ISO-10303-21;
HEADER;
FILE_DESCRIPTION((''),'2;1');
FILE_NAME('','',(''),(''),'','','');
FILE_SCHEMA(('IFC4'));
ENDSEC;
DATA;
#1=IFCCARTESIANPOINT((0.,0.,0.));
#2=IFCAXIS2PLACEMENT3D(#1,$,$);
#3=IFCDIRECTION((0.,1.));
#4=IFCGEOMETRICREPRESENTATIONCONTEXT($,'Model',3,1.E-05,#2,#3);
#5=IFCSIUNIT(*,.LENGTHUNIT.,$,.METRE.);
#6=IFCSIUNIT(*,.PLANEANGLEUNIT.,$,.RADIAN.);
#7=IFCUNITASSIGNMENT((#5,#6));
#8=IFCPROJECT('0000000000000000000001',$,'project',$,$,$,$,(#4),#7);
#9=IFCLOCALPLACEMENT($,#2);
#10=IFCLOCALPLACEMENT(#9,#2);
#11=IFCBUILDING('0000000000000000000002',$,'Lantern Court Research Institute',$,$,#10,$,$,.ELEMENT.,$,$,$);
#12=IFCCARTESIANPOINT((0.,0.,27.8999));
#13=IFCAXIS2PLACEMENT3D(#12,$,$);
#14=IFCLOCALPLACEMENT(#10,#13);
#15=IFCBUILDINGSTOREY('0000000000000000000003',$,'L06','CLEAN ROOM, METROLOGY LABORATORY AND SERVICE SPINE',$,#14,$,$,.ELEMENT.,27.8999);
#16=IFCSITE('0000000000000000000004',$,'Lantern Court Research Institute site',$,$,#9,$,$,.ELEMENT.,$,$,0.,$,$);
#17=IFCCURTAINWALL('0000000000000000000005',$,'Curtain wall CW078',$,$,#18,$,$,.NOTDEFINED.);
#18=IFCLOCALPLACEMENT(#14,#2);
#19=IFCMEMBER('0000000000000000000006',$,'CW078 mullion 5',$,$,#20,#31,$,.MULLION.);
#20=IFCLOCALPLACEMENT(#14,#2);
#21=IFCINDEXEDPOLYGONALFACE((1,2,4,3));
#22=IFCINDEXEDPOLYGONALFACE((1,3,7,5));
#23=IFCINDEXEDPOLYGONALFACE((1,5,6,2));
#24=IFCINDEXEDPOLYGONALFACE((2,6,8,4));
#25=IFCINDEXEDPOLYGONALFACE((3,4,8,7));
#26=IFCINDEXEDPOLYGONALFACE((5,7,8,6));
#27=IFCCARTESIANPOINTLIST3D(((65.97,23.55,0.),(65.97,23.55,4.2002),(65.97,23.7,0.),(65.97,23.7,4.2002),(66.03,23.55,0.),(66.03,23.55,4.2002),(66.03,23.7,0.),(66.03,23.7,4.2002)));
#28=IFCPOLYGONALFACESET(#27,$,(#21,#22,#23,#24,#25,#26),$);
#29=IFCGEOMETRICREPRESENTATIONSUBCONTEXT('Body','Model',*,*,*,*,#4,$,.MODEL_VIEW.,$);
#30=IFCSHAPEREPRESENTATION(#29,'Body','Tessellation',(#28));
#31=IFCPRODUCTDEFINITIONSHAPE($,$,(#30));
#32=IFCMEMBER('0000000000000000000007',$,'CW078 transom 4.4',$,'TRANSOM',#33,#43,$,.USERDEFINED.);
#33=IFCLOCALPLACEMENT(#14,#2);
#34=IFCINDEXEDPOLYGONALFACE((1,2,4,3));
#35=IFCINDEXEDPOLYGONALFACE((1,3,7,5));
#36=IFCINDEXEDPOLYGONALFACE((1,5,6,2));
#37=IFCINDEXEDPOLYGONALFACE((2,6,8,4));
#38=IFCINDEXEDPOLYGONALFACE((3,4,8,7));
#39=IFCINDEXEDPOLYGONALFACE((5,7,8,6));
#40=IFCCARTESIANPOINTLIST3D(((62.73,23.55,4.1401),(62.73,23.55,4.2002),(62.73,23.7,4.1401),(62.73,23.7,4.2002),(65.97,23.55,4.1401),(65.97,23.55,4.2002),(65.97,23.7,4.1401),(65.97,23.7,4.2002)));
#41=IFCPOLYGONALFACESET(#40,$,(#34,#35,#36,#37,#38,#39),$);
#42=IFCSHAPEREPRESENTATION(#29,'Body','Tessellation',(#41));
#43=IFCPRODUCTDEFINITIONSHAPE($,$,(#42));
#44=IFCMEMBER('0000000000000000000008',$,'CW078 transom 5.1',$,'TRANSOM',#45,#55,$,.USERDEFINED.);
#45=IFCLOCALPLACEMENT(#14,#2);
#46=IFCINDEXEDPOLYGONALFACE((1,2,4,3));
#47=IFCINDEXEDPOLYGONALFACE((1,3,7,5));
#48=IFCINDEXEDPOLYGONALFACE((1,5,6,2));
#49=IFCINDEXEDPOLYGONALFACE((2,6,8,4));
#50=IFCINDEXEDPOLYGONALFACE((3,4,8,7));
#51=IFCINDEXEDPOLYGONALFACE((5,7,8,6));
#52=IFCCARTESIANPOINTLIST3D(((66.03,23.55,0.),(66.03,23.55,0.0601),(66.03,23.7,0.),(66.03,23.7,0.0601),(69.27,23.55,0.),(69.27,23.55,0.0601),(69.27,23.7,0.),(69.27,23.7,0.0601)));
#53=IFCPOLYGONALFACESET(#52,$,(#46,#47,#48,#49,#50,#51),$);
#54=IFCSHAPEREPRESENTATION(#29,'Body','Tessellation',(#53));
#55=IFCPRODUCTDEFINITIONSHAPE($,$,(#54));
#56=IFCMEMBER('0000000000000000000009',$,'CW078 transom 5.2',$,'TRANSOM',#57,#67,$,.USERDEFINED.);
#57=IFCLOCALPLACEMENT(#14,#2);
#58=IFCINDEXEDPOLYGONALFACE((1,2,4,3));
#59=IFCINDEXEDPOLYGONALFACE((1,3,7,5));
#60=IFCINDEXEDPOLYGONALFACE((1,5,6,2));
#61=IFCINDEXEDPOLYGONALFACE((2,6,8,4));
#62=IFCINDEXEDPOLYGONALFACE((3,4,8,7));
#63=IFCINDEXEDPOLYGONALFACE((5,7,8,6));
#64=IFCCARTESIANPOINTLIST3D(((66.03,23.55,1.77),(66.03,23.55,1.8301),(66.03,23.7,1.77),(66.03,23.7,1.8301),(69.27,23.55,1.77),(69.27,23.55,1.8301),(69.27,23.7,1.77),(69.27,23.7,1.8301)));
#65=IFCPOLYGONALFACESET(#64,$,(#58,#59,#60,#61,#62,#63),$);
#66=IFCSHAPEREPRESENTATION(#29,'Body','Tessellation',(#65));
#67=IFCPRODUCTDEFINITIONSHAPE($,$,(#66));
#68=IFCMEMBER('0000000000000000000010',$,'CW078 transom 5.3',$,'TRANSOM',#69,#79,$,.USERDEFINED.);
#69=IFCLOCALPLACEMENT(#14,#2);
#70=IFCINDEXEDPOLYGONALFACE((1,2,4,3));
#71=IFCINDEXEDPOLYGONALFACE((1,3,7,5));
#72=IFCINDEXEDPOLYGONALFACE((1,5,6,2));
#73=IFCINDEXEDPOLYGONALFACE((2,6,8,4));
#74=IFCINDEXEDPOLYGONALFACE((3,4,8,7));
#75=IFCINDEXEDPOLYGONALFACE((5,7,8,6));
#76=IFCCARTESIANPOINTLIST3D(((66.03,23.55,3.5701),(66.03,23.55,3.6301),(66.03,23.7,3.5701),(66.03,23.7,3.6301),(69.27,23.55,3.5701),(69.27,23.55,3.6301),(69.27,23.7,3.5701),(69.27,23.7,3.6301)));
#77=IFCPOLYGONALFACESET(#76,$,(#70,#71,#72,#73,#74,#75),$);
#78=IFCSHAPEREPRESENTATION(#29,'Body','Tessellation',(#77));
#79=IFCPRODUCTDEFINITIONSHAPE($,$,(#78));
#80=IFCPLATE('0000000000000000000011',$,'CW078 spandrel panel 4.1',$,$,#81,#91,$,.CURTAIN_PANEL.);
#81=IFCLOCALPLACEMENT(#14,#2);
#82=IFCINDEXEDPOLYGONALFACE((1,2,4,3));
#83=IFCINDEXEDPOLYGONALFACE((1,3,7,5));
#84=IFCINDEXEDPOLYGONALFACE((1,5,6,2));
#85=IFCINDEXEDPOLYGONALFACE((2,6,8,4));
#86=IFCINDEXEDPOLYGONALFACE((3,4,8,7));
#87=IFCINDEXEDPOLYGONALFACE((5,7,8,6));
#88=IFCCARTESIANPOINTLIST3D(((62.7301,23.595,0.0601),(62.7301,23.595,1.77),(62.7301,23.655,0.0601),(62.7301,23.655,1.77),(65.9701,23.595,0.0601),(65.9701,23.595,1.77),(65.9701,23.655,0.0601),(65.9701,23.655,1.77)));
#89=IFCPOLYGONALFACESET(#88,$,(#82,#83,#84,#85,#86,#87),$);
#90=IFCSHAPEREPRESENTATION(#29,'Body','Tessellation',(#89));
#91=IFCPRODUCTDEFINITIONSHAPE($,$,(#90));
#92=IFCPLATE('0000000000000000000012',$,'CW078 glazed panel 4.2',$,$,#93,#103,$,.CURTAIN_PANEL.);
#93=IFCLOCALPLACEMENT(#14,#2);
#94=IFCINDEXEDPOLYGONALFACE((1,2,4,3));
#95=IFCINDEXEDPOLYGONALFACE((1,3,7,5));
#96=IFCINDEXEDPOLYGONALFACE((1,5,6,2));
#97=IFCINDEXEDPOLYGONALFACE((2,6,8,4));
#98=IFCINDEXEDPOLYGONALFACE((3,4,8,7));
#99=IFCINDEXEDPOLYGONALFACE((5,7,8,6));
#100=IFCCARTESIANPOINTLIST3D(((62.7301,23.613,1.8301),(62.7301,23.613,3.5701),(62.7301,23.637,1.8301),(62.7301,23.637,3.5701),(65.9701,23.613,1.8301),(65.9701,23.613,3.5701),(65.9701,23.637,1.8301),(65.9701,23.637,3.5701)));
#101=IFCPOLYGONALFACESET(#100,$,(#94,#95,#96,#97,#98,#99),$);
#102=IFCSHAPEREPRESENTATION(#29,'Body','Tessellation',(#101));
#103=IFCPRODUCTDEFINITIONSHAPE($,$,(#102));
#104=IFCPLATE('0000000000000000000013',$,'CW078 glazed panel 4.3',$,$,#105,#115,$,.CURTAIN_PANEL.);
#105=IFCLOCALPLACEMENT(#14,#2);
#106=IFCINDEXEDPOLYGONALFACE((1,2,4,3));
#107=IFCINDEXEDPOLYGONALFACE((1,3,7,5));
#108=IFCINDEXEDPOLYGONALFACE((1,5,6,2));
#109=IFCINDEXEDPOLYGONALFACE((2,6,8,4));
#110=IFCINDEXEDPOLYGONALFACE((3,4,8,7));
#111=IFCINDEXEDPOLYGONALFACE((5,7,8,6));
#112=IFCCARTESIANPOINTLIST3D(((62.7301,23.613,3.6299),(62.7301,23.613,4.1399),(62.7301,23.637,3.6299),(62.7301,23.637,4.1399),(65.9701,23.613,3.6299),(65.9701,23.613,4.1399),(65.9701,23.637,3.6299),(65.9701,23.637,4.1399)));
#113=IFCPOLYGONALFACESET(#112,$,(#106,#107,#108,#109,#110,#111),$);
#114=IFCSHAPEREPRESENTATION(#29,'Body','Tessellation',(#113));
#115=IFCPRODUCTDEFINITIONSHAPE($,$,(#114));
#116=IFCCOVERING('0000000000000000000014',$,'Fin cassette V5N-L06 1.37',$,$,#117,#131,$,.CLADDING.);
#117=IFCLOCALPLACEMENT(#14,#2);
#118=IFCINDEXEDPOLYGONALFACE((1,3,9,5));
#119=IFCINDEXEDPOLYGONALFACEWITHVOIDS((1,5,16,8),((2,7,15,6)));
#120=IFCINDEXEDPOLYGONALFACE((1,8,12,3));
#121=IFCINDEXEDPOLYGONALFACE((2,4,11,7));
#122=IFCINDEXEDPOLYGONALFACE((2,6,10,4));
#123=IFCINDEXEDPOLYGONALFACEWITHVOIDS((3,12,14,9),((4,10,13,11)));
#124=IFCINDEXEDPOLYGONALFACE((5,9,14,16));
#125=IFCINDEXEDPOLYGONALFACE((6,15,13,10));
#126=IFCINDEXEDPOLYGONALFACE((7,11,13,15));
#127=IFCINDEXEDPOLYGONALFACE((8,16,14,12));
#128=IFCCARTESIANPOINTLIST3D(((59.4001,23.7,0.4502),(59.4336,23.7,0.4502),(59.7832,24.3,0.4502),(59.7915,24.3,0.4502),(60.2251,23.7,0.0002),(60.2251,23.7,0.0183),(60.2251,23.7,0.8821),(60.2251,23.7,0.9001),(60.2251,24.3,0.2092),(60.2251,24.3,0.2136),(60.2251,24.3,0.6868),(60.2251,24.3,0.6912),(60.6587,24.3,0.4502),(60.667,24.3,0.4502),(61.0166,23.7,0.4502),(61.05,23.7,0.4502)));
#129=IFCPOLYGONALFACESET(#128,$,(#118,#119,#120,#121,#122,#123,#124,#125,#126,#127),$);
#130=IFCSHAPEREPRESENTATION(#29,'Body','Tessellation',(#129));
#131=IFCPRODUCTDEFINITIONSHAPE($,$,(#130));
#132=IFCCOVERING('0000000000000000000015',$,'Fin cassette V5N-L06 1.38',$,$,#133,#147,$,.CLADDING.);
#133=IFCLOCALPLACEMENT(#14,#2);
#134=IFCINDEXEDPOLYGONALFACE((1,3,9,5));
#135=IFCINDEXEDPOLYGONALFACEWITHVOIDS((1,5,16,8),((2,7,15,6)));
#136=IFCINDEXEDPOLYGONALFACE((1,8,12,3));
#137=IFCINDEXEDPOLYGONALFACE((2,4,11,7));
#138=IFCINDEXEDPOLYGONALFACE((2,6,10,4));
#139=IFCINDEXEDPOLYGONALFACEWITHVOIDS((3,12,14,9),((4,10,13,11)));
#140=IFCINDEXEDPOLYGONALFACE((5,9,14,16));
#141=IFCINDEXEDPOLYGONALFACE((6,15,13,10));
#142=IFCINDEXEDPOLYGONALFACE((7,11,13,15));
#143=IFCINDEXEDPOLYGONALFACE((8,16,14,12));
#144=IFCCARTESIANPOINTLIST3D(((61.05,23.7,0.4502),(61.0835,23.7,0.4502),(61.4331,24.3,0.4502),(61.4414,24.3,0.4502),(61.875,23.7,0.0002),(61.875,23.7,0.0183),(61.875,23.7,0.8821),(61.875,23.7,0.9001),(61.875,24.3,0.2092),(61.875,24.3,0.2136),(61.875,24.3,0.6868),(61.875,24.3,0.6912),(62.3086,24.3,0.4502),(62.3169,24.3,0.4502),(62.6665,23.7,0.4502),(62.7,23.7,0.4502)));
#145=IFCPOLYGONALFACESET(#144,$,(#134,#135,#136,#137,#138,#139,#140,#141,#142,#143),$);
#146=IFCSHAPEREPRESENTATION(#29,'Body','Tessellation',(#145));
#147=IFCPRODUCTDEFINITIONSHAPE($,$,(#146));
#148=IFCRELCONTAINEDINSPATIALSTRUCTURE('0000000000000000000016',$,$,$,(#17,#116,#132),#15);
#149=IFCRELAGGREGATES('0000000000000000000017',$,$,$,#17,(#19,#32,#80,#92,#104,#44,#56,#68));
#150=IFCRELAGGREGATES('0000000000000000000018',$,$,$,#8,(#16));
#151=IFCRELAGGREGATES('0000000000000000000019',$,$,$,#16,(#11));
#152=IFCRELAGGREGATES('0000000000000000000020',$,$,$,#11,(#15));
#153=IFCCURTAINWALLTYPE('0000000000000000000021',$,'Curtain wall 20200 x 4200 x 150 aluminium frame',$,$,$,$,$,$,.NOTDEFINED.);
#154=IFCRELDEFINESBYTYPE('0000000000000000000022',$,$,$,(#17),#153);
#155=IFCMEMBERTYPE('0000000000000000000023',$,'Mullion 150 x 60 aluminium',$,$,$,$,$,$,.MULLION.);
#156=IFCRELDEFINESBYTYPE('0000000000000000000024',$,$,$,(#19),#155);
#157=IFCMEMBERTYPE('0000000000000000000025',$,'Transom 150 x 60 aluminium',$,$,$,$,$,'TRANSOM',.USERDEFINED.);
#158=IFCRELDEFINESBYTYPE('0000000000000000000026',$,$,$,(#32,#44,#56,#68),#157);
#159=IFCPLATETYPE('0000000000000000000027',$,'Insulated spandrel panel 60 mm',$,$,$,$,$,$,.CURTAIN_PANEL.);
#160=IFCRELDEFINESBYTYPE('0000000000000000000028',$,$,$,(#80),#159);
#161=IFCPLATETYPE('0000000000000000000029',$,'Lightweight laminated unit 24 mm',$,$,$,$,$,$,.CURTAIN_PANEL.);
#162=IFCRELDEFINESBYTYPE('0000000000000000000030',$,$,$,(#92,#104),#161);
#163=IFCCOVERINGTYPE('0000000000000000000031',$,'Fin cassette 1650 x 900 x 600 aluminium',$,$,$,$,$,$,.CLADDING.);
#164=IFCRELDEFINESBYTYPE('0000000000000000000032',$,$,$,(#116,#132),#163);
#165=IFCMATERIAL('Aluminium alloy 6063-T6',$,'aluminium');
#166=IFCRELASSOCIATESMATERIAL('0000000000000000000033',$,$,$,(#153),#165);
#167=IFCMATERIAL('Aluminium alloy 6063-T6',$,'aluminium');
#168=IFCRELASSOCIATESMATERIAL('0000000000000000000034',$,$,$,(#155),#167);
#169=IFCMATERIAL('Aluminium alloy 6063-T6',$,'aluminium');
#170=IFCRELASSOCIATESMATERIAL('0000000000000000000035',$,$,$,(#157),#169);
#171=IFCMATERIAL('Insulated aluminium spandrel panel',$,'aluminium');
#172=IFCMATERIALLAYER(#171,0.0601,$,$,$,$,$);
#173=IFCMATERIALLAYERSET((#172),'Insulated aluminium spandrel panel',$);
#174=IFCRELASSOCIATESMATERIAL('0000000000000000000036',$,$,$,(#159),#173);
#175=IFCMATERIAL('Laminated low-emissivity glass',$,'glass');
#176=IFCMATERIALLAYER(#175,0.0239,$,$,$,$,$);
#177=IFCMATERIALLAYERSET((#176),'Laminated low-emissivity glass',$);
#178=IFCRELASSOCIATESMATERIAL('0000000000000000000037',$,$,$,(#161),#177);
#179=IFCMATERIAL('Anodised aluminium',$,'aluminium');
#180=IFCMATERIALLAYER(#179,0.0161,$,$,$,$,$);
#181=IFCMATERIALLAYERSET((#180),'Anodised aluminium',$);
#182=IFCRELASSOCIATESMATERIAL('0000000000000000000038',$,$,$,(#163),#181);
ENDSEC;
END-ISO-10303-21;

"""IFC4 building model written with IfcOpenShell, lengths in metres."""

from ifc_helpers import new_model, entity, si_unit, direction, frame, origin, origin_2d, place, context, subcontext, project, spatial, rectangle, extrude, material, layer, layer_set, material_profile, profile_set, type_object, element, aggregate, save


model = new_model("IFC4")

# Units and contexts
model_context = context("Model", 3, precision=1e-05, world=origin(), true_north=direction((0.0, 1.0)))
body_context = subcontext(model_context, "Body", "Model", "MODEL_VIEW")
ifc_project = project(units=[si_unit("LENGTHUNIT", "METRE"), si_unit("PLANEANGLEUNIT", "RADIAN")], contexts=[model_context])

# Site, building, storey
site_placement = place(None, origin())
site = spatial("IfcSite", under=ifc_project, at=site_placement, Name="Lantern Court Research Institute site", CompositionType="ELEMENT", RefElevation=0.0)
building_placement = place(site_placement, origin())
building = spatial("IfcBuilding", under=site, at=building_placement, Name="Lantern Court Research Institute", CompositionType="ELEMENT")
storey_placement = place(building_placement, frame((0.0, 0.0, 27.8999)))
storey = spatial("IfcBuildingStorey", under=building, at=storey_placement, Name="L06", Description="CLEAN ROOM, METROLOGY LABORATORY AND SERVICE SPINE", CompositionType="ELEMENT", Elevation=27.8999)

# Curtain wall, members, plates
ifc_material_1 = material(Name="Aluminium alloy 6063-T6", Category="aluminium")
curtain_wall_type = type_object("IfcCurtainWallType", Name="Curtain wall 20200 x 4200 x 150 aluminium frame", PredefinedType="NOTDEFINED", material=ifc_material_1)
curtain_wall_placement = place(storey_placement, origin())
curtain_wall = element("IfcCurtainWall", 1, at=curtain_wall_placement, inside=storey, type_object=curtain_wall_type, Name="Curtain wall CW078", PredefinedType="NOTDEFINED")
ifc_material_2 = material(Name="Aluminium alloy 6063-T6", Category="aluminium")
ifc_material_profile_1 = material_profile(ifc_material_2, rectangle(XDim=0.1499, YDim=0.0601, at=origin_2d()), Name="Mullion 150 x 60")
ifc_profile_set_1 = profile_set([ifc_material_profile_1], Name="Aluminium alloy 6063-T6")
member_type_1 = type_object("IfcMemberType", Name="Mullion 150 x 60 aluminium", PredefinedType="MULLION", material=ifc_profile_set_1)
member_1_placement = place(storey_placement, frame((66.0, 23.625, 0.0), z_axis=(0.0, 0.0, 1.0), x_axis=(0.0, 1.0, 0.0)))
member_1 = element("IfcMember", 2, at=member_1_placement, type_object=member_type_1, Name="CW078 mullion 5", PredefinedType="MULLION", context=body_context, shape_type="SweptSolid", body=[
    extrude(rectangle(XDim=0.1499, YDim=0.0601, at=origin_2d()), origin(), (0.0, 0.0, 1.0), 4.2002),
])
ifc_material_3 = material(Name="Aluminium alloy 6063-T6", Category="aluminium")
ifc_material_profile_2 = material_profile(ifc_material_3, rectangle(XDim=0.1499, YDim=0.0601, at=origin_2d()), Name="Transom 150 x 60")
ifc_profile_set_2 = profile_set([ifc_material_profile_2], Name="Aluminium alloy 6063-T6")
member_type_2 = type_object("IfcMemberType", Name="Transom 150 x 60 aluminium", ElementType="TRANSOM", PredefinedType="USERDEFINED", material=ifc_profile_set_2)
member_2_placement = place(storey_placement, frame((62.73, 23.625, 4.1702), z_axis=(1.0, 0.0, 0.0), x_axis=(0.0, 1.0, 0.0)))
member_2 = element("IfcMember", 3, at=member_2_placement, type_object=member_type_2, Name="CW078 transom 4.4", ObjectType="TRANSOM", PredefinedType="USERDEFINED", context=body_context, shape_type="SweptSolid", body=[
    extrude(rectangle(XDim=0.1499, YDim=0.0601, at=origin_2d()), origin(), (0.0, 0.0, 1.0), 3.24),
])
member_3_placement = place(storey_placement, frame((66.03, 23.625, 0.03), z_axis=(1.0, 0.0, 0.0), x_axis=(0.0, 1.0, 0.0)))
member_3 = element("IfcMember", 4, at=member_3_placement, type_object=member_type_2, Name="CW078 transom 5.1", ObjectType="TRANSOM", PredefinedType="USERDEFINED", context=body_context, shape_type="SweptSolid", body=[
    extrude(rectangle(XDim=0.1499, YDim=0.0601, at=origin_2d()), origin(), (0.0, 0.0, 1.0), 3.24),
])
member_4_placement = place(storey_placement, frame((66.03, 23.625, 1.8), z_axis=(1.0, 0.0, 0.0), x_axis=(0.0, 1.0, 0.0)))
member_4 = element("IfcMember", 5, at=member_4_placement, type_object=member_type_2, Name="CW078 transom 5.2", ObjectType="TRANSOM", PredefinedType="USERDEFINED", context=body_context, shape_type="SweptSolid", body=[
    extrude(rectangle(XDim=0.1499, YDim=0.0601, at=origin_2d()), origin(), (0.0, 0.0, 1.0), 3.24),
])
member_5_placement = place(storey_placement, frame((66.03, 23.625, 3.6001), z_axis=(1.0, 0.0, 0.0), x_axis=(0.0, 1.0, 0.0)))
member_5 = element("IfcMember", 6, at=member_5_placement, type_object=member_type_2, Name="CW078 transom 5.3", ObjectType="TRANSOM", PredefinedType="USERDEFINED", context=body_context, shape_type="SweptSolid", body=[
    extrude(rectangle(XDim=0.1499, YDim=0.0601, at=origin_2d()), origin(), (0.0, 0.0, 1.0), 3.24),
])
ifc_material_4 = material(Name="Insulated aluminium spandrel panel", Category="aluminium")
ifc_layer_1 = layer(ifc_material_4, 0.0601)
ifc_layer_set_1 = layer_set([ifc_layer_1], Name="Insulated aluminium spandrel panel")
plate_type_1 = type_object("IfcPlateType", Name="Insulated spandrel panel 60 mm", PredefinedType="CURTAIN_PANEL", material=ifc_layer_set_1)
plate_1_placement = place(storey_placement, frame((64.3501, 23.625, 0.0601), z_axis=(0.0, 0.0, 1.0), x_axis=(1.0, 0.0, 0.0)))
plate_1 = element("IfcPlate", 7, at=plate_1_placement, type_object=plate_type_1, Name="CW078 spandrel panel 4.1", PredefinedType="CURTAIN_PANEL", context=body_context, shape_type="SweptSolid", body=[
    extrude(rectangle(XDim=3.24, YDim=0.0601, at=origin_2d()), origin(), (0.0, 0.0, 1.0), 1.71),
])
ifc_material_5 = material(Name="Laminated low-emissivity glass", Category="glass")
ifc_layer_2 = layer(ifc_material_5, 0.0239)
ifc_layer_set_2 = layer_set([ifc_layer_2], Name="Laminated low-emissivity glass")
plate_type_2 = type_object("IfcPlateType", Name="Lightweight laminated unit 24 mm", PredefinedType="CURTAIN_PANEL", material=ifc_layer_set_2)
plate_2_placement = place(storey_placement, frame((64.3501, 23.625, 1.8301), z_axis=(0.0, 0.0, 1.0), x_axis=(1.0, 0.0, 0.0)))
plate_2 = element("IfcPlate", 8, at=plate_2_placement, type_object=plate_type_2, Name="CW078 glazed panel 4.2", PredefinedType="CURTAIN_PANEL", context=body_context, shape_type="SweptSolid", body=[
    extrude(rectangle(XDim=3.24, YDim=0.0239, at=origin_2d()), origin(), (0.0, 0.0, 1.0), 1.74),
])
plate_3_placement = place(storey_placement, frame((64.3501, 23.625, 3.6299), z_axis=(0.0, 0.0, 1.0), x_axis=(1.0, 0.0, 0.0)))
plate_3 = element("IfcPlate", 9, at=plate_3_placement, type_object=plate_type_2, Name="CW078 glazed panel 4.3", PredefinedType="CURTAIN_PANEL", context=body_context, shape_type="SweptSolid", body=[
    extrude(rectangle(XDim=3.24, YDim=0.0239, at=origin_2d()), origin(), (0.0, 0.0, 1.0), 0.51),
])
aggregate(curtain_wall, [member_1, member_2, plate_1, plate_2, plate_3, member_3, member_4, member_5])

# Coverings
ifc_material_6 = material(Name="Anodised aluminium", Category="aluminium")
ifc_layer_3 = layer(ifc_material_6, 0.0161)
ifc_layer_set_3 = layer_set([ifc_layer_3], Name="Anodised aluminium")
covering_type = type_object("IfcCoveringType", Name="Fin cassette 1650 x 900 x 600 aluminium", PredefinedType="CLADDING", material=ifc_layer_set_3)
covering_1_placement = place(storey_placement, frame((60.2251, 23.7, 0.4502), z_axis=(0.0, 1.0, 0.0), x_axis=(-1.0, 0.0, 0.0)))
cartesian_point_1 = entity("IfcCartesianPoint", [0.825, 0.0])
cartesian_point_2 = entity("IfcCartesianPoint", [0.7915, 0.0])
cartesian_point_3 = entity("IfcCartesianPoint", [0.4419, 0.0])
cartesian_point_4 = entity("IfcCartesianPoint", [0.4336, 0.0])
element("IfcCovering", 10, at=covering_1_placement, inside=storey, type_object=covering_type, Name="Fin cassette V5N-L06 1.37", PredefinedType="CLADDING", context=body_context, shape_type="SweptSolid", body=[
    entity("IfcExtrudedAreaSolidTapered", entity("IfcArbitraryProfileDefWithVoids", "AREA", None, entity("IfcPolyline", [cartesian_point_1, entity("IfcCartesianPoint", [0.0, 0.45]), entity("IfcCartesianPoint", [-0.825, 0.0]), entity("IfcCartesianPoint", [0.0, -0.45]), cartesian_point_1]), [entity("IfcPolyline", [cartesian_point_2, entity("IfcCartesianPoint", [0.0, 0.4319]), entity("IfcCartesianPoint", [-0.7915, 0.0]), entity("IfcCartesianPoint", [0.0, -0.4319]), cartesian_point_2])]), entity("IfcAxis2Placement3D", entity("IfcCartesianPoint", [0.0, 0.0, 0.0])), entity("IfcDirection", [0.0, 0.0, 1.0]), 0.6001, entity("IfcArbitraryProfileDefWithVoids", "AREA", None, entity("IfcPolyline", [cartesian_point_3, entity("IfcCartesianPoint", [0.0, 0.241]), entity("IfcCartesianPoint", [-0.4419, 0.0]), entity("IfcCartesianPoint", [0.0, -0.241]), cartesian_point_3]), [entity("IfcPolyline", [cartesian_point_4, entity("IfcCartesianPoint", [0.0, 0.2366]), entity("IfcCartesianPoint", [-0.4336, 0.0]), entity("IfcCartesianPoint", [0.0, -0.2366]), cartesian_point_4])])),
])
covering_2_placement = place(storey_placement, frame((61.875, 23.7, 0.4502), z_axis=(0.0, 1.0, 0.0), x_axis=(-1.0, 0.0, 0.0)))
cartesian_point_5 = entity("IfcCartesianPoint", [0.825, 0.0])
cartesian_point_6 = entity("IfcCartesianPoint", [0.7915, 0.0])
cartesian_point_7 = entity("IfcCartesianPoint", [0.4419, 0.0])
cartesian_point_8 = entity("IfcCartesianPoint", [0.4336, 0.0])
element("IfcCovering", 11, at=covering_2_placement, inside=storey, type_object=covering_type, Name="Fin cassette V5N-L06 1.38", PredefinedType="CLADDING", context=body_context, shape_type="SweptSolid", body=[
    entity("IfcExtrudedAreaSolidTapered", entity("IfcArbitraryProfileDefWithVoids", "AREA", None, entity("IfcPolyline", [cartesian_point_5, entity("IfcCartesianPoint", [0.0, 0.45]), entity("IfcCartesianPoint", [-0.825, 0.0]), entity("IfcCartesianPoint", [0.0, -0.45]), cartesian_point_5]), [entity("IfcPolyline", [cartesian_point_6, entity("IfcCartesianPoint", [0.0, 0.4319]), entity("IfcCartesianPoint", [-0.7915, 0.0]), entity("IfcCartesianPoint", [0.0, -0.4319]), cartesian_point_6])]), entity("IfcAxis2Placement3D", entity("IfcCartesianPoint", [0.0, 0.0, 0.0])), entity("IfcDirection", [0.0, 0.0, 1.0]), 0.6001, entity("IfcArbitraryProfileDefWithVoids", "AREA", None, entity("IfcPolyline", [cartesian_point_7, entity("IfcCartesianPoint", [0.0, 0.241]), entity("IfcCartesianPoint", [-0.4419, 0.0]), entity("IfcCartesianPoint", [0.0, -0.241]), cartesian_point_7]), [entity("IfcPolyline", [cartesian_point_8, entity("IfcCartesianPoint", [0.0, 0.2366]), entity("IfcCartesianPoint", [-0.4336, 0.0]), entity("IfcCartesianPoint", [0.0, -0.2366]), cartesian_point_8])])),
])

save(model, "model.ifc")
